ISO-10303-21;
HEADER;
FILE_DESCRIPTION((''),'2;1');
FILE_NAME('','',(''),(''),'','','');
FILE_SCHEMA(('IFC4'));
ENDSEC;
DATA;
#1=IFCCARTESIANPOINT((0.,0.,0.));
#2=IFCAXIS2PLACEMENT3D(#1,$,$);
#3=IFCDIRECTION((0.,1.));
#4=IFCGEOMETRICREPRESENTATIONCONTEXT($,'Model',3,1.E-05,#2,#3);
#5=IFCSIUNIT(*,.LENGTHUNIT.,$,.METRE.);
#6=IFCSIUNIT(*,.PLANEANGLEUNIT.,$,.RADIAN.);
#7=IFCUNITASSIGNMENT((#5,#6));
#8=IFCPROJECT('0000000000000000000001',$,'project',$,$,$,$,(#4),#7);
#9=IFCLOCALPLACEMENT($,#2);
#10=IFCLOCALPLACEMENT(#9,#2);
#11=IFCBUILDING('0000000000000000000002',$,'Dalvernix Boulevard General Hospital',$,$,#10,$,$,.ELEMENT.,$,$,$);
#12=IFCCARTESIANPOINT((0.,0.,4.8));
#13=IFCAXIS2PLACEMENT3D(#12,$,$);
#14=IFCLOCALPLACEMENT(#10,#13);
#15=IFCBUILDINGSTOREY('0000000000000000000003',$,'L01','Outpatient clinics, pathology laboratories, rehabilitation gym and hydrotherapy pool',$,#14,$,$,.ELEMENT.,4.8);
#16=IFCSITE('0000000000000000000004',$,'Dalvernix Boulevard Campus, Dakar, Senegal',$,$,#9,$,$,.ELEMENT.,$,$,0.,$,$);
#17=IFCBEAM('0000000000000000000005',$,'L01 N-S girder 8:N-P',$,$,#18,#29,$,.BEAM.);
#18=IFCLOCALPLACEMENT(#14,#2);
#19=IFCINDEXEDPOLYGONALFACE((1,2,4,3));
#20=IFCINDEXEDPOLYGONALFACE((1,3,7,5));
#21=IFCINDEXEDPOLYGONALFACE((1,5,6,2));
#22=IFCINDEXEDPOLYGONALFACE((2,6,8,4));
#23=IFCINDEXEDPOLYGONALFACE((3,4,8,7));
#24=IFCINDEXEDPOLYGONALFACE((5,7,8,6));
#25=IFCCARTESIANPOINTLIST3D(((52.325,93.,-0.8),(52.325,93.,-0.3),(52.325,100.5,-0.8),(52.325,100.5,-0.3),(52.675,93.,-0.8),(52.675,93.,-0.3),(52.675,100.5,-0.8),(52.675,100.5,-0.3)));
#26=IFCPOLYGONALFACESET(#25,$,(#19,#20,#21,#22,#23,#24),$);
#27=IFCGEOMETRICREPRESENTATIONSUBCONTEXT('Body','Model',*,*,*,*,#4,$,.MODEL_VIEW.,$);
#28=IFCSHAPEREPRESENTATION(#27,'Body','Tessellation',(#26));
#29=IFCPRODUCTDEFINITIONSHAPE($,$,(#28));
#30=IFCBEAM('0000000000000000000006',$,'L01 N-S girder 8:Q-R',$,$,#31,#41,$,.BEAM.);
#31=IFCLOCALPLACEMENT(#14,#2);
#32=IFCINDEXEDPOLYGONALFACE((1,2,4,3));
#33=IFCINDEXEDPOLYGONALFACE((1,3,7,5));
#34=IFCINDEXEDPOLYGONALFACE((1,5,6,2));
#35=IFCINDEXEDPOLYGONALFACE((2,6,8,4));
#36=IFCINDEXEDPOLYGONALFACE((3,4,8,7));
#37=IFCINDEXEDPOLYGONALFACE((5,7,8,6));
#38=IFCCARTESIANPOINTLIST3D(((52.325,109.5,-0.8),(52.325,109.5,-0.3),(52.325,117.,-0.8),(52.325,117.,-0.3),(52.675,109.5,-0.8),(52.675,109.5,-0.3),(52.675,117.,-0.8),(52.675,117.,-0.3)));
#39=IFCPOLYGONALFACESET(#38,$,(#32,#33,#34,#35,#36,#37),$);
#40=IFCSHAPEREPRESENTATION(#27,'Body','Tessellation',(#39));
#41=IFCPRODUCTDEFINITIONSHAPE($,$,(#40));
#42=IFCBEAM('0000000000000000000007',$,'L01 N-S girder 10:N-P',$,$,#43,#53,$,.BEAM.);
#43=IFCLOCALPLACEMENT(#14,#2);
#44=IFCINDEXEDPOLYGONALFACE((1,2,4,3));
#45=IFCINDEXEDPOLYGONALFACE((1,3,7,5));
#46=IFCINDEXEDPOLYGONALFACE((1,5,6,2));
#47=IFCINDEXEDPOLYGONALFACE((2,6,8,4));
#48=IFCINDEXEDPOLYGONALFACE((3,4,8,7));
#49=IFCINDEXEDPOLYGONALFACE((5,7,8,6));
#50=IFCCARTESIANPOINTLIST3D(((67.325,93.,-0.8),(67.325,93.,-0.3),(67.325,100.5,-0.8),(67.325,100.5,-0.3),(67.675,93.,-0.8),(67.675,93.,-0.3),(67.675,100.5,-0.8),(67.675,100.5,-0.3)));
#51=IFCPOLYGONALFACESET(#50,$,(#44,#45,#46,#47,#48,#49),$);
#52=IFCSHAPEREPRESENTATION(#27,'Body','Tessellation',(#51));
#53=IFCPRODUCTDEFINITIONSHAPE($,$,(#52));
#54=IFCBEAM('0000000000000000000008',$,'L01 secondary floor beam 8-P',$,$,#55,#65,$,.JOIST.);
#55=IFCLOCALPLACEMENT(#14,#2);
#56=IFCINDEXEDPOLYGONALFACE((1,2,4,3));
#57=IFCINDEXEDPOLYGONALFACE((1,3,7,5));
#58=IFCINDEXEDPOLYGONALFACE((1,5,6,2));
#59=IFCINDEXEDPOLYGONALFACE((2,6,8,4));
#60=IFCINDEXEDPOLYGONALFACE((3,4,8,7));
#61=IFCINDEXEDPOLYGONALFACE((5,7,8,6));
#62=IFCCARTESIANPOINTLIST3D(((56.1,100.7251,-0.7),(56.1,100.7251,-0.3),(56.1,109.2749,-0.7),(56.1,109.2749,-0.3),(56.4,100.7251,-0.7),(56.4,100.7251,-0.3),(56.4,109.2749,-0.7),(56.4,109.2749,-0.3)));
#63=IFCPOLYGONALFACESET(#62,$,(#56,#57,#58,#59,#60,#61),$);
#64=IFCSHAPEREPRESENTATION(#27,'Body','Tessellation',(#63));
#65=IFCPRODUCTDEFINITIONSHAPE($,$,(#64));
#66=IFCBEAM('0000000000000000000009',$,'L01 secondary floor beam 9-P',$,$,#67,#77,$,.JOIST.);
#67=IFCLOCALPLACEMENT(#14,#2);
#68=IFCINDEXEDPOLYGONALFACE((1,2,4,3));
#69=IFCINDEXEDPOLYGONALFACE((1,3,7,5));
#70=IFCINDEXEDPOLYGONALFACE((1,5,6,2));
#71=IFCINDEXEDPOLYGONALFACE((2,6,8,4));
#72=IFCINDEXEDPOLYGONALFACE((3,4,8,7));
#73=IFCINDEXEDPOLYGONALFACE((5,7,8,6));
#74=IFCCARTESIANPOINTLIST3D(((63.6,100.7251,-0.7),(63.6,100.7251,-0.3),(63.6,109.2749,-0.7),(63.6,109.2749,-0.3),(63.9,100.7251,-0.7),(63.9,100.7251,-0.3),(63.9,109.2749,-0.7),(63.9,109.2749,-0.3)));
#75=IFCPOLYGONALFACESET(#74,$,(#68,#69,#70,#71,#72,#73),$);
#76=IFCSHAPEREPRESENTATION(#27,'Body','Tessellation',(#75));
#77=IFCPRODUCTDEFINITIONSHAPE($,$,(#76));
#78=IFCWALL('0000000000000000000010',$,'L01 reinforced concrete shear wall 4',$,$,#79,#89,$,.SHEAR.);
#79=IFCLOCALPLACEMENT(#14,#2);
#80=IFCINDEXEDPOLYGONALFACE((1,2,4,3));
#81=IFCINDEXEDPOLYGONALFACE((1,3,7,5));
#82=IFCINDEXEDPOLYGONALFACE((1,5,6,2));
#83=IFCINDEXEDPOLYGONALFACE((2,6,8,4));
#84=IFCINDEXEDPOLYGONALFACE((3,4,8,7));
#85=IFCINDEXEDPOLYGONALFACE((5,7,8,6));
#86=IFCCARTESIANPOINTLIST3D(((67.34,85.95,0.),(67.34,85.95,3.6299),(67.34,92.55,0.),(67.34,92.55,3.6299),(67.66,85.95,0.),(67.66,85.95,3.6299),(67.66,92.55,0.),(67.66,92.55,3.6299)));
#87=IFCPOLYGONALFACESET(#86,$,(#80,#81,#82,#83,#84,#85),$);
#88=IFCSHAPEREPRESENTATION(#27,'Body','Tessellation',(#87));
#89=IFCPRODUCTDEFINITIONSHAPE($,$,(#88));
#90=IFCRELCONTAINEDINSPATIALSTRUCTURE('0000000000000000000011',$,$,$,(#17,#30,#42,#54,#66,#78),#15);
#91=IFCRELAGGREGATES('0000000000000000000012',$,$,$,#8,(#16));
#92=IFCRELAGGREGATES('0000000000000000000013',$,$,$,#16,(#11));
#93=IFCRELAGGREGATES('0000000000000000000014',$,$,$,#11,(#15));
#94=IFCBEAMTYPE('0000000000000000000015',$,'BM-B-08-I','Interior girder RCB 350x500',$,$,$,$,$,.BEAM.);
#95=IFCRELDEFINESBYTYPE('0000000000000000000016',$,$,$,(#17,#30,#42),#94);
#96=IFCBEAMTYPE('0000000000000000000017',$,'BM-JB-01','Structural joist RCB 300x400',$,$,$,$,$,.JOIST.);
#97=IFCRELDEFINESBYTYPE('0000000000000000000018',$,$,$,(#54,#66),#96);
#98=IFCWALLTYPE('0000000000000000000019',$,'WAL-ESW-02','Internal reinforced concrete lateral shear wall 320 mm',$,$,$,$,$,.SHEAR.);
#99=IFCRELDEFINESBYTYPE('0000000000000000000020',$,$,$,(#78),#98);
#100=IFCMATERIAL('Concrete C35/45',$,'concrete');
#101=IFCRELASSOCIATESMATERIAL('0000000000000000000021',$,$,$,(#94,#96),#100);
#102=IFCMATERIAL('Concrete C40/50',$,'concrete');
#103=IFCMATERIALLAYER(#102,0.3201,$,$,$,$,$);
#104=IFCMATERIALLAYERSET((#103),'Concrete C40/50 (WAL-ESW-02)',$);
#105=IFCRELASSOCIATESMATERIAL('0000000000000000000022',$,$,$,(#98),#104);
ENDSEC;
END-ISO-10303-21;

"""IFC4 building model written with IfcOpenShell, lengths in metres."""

from ifc_helpers import new_model, si_unit, direction, frame, frame_2d, origin, origin_2d, place, context, subcontext, project, spatial, rectangle, extrude, material, layer, layer_set, material_profile, profile_set, type_object, element, save


model = new_model("IFC4")

# Units and contexts
model_context = context("Model", 3, precision=1e-05, world=origin(), true_north=direction((0.0, 1.0)))
body_context = subcontext(model_context, "Body", "Model", "MODEL_VIEW")
ifc_project = project(units=[si_unit("LENGTHUNIT", "METRE"), si_unit("PLANEANGLEUNIT", "RADIAN")], contexts=[model_context])

# Site, building, storey
site_placement = place(None, origin())
site = spatial("IfcSite", under=ifc_project, at=site_placement, Name="Dalvernix Boulevard Campus, Dakar, Senegal", CompositionType="ELEMENT", RefElevation=0.0)
building_placement = place(site_placement, origin())
building = spatial("IfcBuilding", under=site, at=building_placement, Name="Dalvernix Boulevard General Hospital", CompositionType="ELEMENT")
storey_placement = place(building_placement, frame((0.0, 0.0, 4.8)))
storey = spatial("IfcBuildingStorey", under=building, at=storey_placement, Name="L01", Description="Outpatient clinics, pathology laboratories, rehabilitation gym and hydrotherapy pool", CompositionType="ELEMENT", Elevation=4.8)

# Shared definitions
ifc_material_1 = material(Name="Concrete C40/50", Category="concrete")

# Beams
ifc_material_2 = material(Name="Concrete C35/45", Category="concrete")
ifc_material_profile_1 = material_profile(ifc_material_2, rectangle(XDim=0.3501, YDim=0.5, at=origin_2d()), Name="RCB 350x500")
ifc_profile_set_1 = profile_set([ifc_material_profile_1], Name="Concrete C35/45")
beam_type_1 = type_object("IfcBeamType", Name="BM-B-08-I", Description="Interior girder RCB 350x500", PredefinedType="BEAM", material=ifc_profile_set_1)
for number, where, z_axis, x_axis, name in (
    (1, (52.5, 93.0, -0.55), (0.0, 1.0, 0.0), (-1.0, 0.0, 0.0), "L01 N-S girder 8:N-P"),
    (2, (52.5, 109.5, -0.55), (0.0, 1.0, 0.0), (-1.0, 0.0, 0.0), "L01 N-S girder 8:Q-R"),
    (3, (67.5, 93.0, -0.55), (0.0, 1.0, 0.0), (-1.0, 0.0, 0.0), "L01 N-S girder 10:N-P"),
):
    element("IfcBeam", number, at=place(storey_placement, frame(where, z_axis=z_axis, x_axis=x_axis)), inside=storey, type_object=beam_type_1, Name=name, PredefinedType="BEAM", context=body_context, shape_type="SweptSolid", body=[
        extrude(rectangle(XDim=0.3501, YDim=0.5, at=origin_2d()), origin(), (0.0, 0.0, 1.0), 7.5),
    ])
ifc_material_profile_2 = material_profile(ifc_material_2, rectangle(XDim=0.3, YDim=0.3999, at=origin_2d()), Name="RCB 300x400")
ifc_profile_set_2 = profile_set([ifc_material_profile_2], Name="Concrete C35/45")
beam_type_2 = type_object("IfcBeamType", Name="BM-JB-01", Description="Structural joist RCB 300x400", PredefinedType="JOIST", material=ifc_profile_set_2)
for number, where, z_axis, x_axis, name in (
    (4, (56.25, 100.7251, -0.5), (0.0, 1.0, 0.0), (-1.0, 0.0, 0.0), "L01 secondary floor beam 8-P"),
    (5, (63.75, 100.7251, -0.5), (0.0, 1.0, 0.0), (-1.0, 0.0, 0.0), "L01 secondary floor beam 9-P"),
):
    element("IfcBeam", number, at=place(storey_placement, frame(where, z_axis=z_axis, x_axis=x_axis)), inside=storey, type_object=beam_type_2, Name=name, PredefinedType="JOIST", context=body_context, shape_type="SweptSolid", body=[
        extrude(rectangle(XDim=0.3, YDim=0.3999, at=origin_2d()), origin(), (0.0, 0.0, 1.0), 8.5498),
    ])

# Wall
ifc_layer = layer(ifc_material_1, 0.3201)
ifc_layer_set = layer_set([ifc_layer], Name="Concrete C40/50 (WAL-ESW-02)")
wall_type = type_object("IfcWallType", Name="WAL-ESW-02", Description="Internal reinforced concrete lateral shear wall 320 mm", PredefinedType="SHEAR", material=ifc_layer_set)
wall_placement = place(storey_placement, frame((67.5, 85.95, 0.0), z_axis=(0.0, 0.0, 1.0), x_axis=(0.0, 1.0, 0.0)))
element("IfcWall", 6, at=wall_placement, inside=storey, type_object=wall_type, Name="L01 reinforced concrete shear wall 4", PredefinedType="SHEAR", context=body_context, shape_type="SweptSolid", body=[
    extrude(rectangle(XDim=6.6001, YDim=0.3201, at=frame_2d((3.3, 0.0))), origin(), (0.0, 0.0, 1.0), 3.6299),
])

save(model, "model.ifc")
